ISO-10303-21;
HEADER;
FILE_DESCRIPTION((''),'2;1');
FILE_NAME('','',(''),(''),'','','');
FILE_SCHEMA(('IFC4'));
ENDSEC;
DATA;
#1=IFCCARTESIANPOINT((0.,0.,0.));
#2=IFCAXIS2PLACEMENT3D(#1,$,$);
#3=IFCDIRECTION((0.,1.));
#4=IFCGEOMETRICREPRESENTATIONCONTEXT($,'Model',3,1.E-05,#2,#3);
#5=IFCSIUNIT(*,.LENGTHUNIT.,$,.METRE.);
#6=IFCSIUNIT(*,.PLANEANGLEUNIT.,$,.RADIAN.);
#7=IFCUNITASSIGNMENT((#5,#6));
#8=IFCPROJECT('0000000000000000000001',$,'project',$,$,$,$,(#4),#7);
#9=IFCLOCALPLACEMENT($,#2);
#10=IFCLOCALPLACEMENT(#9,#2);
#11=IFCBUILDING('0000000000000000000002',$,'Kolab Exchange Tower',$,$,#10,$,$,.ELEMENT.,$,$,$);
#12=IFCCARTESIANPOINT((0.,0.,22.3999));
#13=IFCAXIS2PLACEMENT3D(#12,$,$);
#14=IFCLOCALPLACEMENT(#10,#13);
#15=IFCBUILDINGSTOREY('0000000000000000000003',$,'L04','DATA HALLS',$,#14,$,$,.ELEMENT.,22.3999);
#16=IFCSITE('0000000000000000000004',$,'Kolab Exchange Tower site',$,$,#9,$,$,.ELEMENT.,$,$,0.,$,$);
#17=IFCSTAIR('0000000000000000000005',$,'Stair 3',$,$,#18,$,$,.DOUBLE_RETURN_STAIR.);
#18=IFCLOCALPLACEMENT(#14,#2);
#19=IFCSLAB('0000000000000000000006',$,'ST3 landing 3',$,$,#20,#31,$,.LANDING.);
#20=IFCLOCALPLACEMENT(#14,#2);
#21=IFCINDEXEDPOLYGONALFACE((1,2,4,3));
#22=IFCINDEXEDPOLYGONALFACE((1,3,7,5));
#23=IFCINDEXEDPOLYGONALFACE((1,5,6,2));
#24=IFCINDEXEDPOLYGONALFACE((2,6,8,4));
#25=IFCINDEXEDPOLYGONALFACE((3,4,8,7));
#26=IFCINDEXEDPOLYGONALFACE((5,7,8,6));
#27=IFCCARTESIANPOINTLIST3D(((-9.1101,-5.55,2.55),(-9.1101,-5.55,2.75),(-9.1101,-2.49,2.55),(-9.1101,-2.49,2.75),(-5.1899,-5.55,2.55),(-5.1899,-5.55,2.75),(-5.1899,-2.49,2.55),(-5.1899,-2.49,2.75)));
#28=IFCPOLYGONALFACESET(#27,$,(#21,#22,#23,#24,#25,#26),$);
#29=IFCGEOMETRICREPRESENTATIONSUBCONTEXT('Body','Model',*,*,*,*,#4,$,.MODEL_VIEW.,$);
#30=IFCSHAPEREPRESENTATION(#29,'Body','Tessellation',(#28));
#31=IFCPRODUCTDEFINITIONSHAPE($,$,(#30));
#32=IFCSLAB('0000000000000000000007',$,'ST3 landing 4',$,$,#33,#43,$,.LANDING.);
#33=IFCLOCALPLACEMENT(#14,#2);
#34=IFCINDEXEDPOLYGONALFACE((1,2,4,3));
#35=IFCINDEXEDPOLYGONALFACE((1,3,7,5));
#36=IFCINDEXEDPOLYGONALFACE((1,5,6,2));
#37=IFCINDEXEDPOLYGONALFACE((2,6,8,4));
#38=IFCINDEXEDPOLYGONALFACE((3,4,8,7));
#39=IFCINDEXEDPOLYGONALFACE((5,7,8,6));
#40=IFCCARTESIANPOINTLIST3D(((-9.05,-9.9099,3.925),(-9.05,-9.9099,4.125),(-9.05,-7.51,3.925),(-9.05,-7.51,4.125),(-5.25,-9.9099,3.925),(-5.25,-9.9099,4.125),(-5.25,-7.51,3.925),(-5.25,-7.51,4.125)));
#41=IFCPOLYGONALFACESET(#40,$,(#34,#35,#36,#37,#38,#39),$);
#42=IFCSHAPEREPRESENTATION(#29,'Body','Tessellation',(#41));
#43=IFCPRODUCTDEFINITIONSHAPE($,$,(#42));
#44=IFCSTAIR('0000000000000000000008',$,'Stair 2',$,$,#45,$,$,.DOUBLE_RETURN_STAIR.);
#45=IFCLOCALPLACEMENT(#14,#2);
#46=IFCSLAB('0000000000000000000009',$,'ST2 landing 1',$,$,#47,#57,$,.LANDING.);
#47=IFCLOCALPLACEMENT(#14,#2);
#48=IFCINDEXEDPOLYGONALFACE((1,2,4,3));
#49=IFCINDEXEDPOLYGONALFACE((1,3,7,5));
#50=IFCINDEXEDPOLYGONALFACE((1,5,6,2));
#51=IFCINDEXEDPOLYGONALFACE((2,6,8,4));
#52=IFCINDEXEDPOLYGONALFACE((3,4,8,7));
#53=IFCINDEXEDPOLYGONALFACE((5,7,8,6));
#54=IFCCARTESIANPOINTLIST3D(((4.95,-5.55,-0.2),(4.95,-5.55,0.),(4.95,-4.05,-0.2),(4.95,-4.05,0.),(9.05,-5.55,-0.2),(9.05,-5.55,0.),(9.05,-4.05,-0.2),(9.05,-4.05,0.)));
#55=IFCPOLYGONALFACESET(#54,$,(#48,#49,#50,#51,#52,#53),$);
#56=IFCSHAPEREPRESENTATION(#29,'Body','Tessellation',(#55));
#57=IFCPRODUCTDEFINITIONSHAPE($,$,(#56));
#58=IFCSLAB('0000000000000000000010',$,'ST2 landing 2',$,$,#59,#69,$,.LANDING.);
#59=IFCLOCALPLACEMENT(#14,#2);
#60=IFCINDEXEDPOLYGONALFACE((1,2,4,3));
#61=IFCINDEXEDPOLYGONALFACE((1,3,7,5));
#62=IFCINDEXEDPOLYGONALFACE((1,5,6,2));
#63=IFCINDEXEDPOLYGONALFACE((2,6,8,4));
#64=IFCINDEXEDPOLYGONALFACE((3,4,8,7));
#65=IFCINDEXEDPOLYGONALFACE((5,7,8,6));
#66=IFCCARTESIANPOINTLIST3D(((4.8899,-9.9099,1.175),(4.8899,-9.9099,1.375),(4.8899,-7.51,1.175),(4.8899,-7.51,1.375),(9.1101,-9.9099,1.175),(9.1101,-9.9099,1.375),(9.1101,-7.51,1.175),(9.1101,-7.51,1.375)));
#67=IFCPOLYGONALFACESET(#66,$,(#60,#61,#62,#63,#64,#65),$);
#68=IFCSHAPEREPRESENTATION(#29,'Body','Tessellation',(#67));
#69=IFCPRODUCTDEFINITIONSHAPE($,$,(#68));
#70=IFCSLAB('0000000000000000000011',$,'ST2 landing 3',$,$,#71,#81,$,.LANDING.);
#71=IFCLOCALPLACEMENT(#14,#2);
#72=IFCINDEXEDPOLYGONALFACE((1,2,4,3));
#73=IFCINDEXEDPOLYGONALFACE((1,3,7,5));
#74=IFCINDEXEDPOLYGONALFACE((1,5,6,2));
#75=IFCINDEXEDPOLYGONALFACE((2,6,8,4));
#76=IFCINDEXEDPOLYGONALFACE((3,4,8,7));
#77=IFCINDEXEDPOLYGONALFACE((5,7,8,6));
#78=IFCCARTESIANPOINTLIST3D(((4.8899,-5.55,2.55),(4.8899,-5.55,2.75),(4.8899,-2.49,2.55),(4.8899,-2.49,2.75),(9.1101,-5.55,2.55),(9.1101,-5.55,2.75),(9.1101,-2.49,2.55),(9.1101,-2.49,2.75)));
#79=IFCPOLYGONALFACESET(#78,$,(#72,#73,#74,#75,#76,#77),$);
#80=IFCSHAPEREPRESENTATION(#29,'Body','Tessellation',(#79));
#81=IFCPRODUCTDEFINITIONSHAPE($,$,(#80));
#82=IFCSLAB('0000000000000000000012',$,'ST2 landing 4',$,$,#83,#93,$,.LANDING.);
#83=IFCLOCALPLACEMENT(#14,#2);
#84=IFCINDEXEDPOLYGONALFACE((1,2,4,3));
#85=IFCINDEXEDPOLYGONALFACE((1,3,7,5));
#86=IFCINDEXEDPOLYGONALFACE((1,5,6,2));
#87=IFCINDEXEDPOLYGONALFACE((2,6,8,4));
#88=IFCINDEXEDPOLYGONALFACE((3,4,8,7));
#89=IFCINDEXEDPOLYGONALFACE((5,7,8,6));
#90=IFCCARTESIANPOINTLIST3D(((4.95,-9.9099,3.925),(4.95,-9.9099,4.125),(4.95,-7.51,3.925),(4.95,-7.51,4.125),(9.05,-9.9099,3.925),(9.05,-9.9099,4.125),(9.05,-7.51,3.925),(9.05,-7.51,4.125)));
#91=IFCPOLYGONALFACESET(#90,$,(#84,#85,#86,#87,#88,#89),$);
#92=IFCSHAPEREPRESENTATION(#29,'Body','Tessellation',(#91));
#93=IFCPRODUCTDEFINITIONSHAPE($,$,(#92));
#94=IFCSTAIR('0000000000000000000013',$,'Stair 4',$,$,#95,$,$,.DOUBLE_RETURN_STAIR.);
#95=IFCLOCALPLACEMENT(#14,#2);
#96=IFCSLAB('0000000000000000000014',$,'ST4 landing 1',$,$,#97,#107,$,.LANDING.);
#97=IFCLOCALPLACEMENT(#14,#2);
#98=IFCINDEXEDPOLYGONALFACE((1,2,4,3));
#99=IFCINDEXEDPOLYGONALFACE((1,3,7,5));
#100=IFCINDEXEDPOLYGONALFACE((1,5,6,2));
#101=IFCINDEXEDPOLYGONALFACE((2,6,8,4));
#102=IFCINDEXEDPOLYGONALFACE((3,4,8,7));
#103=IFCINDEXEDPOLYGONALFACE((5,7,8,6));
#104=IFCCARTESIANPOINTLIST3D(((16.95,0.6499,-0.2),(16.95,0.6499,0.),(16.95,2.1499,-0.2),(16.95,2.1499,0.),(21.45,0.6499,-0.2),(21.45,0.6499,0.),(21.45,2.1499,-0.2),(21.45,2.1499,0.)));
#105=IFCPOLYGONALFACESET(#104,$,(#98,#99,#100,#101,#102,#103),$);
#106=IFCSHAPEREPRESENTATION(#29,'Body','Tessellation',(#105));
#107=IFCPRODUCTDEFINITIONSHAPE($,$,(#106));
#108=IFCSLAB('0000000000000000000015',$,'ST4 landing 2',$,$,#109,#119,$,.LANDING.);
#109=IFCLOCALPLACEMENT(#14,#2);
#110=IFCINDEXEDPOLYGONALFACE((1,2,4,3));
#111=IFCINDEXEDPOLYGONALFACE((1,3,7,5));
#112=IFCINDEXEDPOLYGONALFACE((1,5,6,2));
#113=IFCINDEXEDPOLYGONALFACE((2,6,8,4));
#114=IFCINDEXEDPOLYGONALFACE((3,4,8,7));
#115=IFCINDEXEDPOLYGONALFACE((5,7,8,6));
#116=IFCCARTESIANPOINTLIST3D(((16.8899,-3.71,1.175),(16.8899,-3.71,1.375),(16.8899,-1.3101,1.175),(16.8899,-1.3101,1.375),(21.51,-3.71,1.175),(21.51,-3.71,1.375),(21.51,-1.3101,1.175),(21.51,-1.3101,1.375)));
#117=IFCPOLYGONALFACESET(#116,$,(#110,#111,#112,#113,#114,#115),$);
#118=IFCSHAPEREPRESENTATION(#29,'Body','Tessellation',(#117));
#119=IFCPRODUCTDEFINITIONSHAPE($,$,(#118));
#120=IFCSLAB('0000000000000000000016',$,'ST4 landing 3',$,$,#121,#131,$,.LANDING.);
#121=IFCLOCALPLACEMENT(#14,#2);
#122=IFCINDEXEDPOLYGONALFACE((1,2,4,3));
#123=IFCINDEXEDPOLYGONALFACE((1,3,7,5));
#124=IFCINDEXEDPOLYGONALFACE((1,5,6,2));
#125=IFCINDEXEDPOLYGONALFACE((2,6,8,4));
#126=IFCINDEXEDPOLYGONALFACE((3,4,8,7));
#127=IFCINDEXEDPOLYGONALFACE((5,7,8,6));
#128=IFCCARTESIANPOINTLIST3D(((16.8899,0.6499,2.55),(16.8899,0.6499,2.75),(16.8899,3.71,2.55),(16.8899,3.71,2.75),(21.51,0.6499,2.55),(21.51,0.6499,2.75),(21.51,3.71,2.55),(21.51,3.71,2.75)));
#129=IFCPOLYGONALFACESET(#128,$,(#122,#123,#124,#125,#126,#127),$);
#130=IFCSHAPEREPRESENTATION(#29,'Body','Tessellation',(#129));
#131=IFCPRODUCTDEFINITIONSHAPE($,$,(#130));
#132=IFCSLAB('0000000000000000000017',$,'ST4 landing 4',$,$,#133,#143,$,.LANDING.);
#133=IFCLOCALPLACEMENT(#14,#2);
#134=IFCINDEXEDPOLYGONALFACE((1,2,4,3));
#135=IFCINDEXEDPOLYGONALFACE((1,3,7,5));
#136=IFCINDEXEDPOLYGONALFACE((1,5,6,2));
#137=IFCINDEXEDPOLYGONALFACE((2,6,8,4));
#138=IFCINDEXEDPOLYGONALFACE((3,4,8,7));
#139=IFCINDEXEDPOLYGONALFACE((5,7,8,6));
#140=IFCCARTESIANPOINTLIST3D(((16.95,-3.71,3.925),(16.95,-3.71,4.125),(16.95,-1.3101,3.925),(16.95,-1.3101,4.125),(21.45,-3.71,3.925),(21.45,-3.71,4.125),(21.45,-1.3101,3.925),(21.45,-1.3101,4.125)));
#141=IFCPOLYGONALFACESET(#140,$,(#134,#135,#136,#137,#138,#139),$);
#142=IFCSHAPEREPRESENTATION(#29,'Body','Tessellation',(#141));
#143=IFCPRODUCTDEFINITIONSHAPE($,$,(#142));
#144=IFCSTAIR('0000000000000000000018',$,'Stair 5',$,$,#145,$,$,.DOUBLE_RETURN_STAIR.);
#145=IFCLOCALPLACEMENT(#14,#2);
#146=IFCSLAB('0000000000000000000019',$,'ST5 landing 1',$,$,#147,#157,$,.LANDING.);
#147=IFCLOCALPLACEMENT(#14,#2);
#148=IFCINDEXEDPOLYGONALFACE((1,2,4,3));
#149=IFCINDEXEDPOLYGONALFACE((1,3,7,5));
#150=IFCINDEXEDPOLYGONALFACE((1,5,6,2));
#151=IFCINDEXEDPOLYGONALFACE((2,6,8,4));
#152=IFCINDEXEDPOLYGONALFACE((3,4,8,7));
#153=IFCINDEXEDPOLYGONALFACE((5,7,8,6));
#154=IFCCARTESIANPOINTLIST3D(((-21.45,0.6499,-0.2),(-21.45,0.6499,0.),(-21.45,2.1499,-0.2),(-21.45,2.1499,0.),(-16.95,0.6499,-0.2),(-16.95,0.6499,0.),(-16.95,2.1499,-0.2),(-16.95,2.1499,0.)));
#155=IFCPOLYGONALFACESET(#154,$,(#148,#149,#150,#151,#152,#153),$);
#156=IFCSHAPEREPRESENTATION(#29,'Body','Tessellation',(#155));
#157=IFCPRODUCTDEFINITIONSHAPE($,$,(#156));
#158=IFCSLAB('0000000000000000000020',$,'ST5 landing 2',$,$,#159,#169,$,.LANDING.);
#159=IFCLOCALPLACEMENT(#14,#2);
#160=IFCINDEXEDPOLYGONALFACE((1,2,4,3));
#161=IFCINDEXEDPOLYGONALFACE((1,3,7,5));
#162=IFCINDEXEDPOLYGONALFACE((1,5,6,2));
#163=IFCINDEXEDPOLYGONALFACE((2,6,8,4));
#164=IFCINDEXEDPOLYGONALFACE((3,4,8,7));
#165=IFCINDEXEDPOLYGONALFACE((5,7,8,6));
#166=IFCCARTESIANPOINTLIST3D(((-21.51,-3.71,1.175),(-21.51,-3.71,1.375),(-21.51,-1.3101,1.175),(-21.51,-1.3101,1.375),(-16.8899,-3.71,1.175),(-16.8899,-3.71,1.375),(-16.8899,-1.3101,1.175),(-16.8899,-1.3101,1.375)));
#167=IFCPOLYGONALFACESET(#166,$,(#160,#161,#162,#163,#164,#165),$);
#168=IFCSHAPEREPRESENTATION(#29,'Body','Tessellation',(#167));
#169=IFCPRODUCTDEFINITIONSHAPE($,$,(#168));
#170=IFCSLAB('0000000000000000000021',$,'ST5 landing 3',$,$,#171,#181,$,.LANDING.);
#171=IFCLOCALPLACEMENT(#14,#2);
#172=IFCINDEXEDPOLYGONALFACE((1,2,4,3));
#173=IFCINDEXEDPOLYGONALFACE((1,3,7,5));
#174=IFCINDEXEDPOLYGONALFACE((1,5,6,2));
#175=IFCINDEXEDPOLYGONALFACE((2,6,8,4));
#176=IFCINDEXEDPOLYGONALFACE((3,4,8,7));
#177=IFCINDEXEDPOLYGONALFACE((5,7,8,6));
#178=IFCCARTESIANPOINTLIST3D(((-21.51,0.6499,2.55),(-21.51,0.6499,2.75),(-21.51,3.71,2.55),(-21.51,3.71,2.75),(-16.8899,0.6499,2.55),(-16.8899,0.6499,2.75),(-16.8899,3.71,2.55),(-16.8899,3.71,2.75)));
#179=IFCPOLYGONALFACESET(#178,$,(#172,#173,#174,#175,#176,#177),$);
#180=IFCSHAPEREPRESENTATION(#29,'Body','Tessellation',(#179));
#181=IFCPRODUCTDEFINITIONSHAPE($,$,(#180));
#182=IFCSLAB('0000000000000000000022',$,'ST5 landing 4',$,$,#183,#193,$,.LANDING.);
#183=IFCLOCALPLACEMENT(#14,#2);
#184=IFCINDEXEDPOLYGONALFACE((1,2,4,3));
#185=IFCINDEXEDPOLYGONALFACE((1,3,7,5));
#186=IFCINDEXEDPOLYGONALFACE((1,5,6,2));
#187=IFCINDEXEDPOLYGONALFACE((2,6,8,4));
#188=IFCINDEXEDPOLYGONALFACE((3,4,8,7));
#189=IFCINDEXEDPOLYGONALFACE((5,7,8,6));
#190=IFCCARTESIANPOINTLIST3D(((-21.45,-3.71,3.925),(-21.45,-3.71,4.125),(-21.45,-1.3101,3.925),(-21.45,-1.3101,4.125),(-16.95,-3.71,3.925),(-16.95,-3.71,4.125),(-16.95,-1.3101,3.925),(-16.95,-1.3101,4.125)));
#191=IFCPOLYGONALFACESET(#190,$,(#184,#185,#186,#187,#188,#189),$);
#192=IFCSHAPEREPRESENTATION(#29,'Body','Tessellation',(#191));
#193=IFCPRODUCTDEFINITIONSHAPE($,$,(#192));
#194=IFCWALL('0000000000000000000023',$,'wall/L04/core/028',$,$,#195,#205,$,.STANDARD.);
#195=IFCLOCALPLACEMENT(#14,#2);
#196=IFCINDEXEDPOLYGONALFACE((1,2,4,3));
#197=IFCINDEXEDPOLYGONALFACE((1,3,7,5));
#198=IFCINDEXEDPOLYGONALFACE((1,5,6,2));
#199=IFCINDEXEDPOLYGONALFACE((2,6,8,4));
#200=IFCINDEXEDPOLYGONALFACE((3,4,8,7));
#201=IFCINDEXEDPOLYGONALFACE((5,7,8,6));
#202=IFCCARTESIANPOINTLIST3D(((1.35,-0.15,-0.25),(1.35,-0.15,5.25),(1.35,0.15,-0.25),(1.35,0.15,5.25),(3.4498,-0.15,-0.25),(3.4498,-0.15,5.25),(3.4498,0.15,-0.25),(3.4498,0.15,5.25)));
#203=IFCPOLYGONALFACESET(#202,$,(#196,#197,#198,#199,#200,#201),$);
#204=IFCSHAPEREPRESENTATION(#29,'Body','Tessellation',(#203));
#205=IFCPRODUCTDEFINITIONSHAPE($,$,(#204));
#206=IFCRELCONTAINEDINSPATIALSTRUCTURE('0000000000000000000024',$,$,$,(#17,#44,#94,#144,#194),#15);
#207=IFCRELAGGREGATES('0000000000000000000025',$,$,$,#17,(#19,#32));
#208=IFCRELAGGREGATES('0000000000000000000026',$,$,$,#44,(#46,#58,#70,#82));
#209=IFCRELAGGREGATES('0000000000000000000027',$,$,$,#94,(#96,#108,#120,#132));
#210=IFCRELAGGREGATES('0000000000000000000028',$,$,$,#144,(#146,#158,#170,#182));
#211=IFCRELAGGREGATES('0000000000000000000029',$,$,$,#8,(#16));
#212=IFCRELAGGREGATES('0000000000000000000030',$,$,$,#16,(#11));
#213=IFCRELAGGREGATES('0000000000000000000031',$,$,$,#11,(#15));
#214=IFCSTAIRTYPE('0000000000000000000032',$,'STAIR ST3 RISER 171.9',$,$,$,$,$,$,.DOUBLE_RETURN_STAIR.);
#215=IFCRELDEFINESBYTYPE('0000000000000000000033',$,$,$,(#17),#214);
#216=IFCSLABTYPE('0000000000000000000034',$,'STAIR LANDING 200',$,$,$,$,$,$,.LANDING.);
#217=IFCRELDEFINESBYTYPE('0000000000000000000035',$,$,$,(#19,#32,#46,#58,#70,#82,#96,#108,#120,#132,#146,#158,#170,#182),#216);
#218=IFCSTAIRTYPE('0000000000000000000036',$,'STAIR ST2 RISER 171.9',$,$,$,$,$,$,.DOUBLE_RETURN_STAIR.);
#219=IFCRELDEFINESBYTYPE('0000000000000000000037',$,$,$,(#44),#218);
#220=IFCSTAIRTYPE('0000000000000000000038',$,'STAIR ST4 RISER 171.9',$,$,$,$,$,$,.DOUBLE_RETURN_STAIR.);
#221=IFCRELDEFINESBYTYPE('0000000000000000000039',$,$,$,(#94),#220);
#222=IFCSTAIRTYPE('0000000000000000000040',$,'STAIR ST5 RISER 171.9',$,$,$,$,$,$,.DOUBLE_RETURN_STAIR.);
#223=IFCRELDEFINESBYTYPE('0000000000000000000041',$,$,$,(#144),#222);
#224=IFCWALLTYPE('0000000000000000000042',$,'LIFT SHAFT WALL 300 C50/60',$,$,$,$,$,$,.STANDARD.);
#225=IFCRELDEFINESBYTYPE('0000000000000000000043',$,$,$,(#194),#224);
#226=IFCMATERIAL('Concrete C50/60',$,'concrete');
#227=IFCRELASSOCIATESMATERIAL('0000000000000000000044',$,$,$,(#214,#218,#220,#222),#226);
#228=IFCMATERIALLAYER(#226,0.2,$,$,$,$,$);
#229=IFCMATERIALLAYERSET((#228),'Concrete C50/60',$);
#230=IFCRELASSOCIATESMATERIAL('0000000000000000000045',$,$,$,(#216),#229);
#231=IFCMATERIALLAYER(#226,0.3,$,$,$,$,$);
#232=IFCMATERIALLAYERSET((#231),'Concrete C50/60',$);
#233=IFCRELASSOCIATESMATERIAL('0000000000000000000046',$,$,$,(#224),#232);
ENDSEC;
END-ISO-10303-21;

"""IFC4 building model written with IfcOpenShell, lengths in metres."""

from ifc_helpers import new_model, si_unit, direction, frame, frame_2d, origin, place, context, subcontext, project, spatial, polyline, rectangle, outline, extrude, material, layer, layer_set, type_object, element, aggregate, save


model = new_model("IFC4")

# Units and contexts
model_context = context("Model", 3, precision=1e-05, world=origin(), true_north=direction((0.0, 1.0)))
body_context = subcontext(model_context, "Body", "Model", "MODEL_VIEW")
ifc_project = project(units=[si_unit("LENGTHUNIT", "METRE"), si_unit("PLANEANGLEUNIT", "RADIAN")], contexts=[model_context])

# Site, building, storey
site_placement = place(None, origin())
site = spatial("IfcSite", under=ifc_project, at=site_placement, Name="Kolab Exchange Tower site", CompositionType="ELEMENT", RefElevation=0.0)
building_placement = place(site_placement, origin())
building = spatial("IfcBuilding", under=site, at=building_placement, Name="Kolab Exchange Tower", CompositionType="ELEMENT")
storey_placement = place(building_placement, frame((0.0, 0.0, 22.3999)))
storey = spatial("IfcBuildingStorey", under=building, at=storey_placement, Name="L04", Description="DATA HALLS", CompositionType="ELEMENT", Elevation=22.3999)

# Stairs, slabs
ifc_material_1 = material(Name="Concrete C50/60", Category="concrete")
stair_type_1 = type_object("IfcStairType", Name="STAIR ST3 RISER 171.9", PredefinedType="DOUBLE_RETURN_STAIR", material=ifc_material_1)
stair_1_placement = place(storey_placement, origin())
stair_1 = element("IfcStair", 1, at=stair_1_placement, inside=storey, type_object=stair_type_1, Name="Stair 3", PredefinedType="DOUBLE_RETURN_STAIR")
ifc_layer_1 = layer(ifc_material_1, 0.2)
ifc_layer_set_1 = layer_set([ifc_layer_1], Name="Concrete C50/60")
slab_type = type_object("IfcSlabType", Name="STAIR LANDING 200", PredefinedType="LANDING", material=ifc_layer_set_1)
slab_1_placement = place(storey_placement, frame((0.0, 0.0, 2.55)))
slab_1 = element("IfcSlab", 2, at=slab_1_placement, type_object=slab_type, Name="ST3 landing 3", PredefinedType="LANDING", context=body_context, shape_type="SweptSolid", body=[
    extrude(outline(polyline([(-9.1101, -5.55), (-5.1899, -5.55), (-5.1899, -2.49), (-9.1101, -2.49), (-9.1101, -5.55)])), origin(), (0.0, 0.0, 1.0), 0.2),
])
slab_2_placement = place(storey_placement, frame((0.0, 0.0, 3.925)))
slab_2 = element("IfcSlab", 3, at=slab_2_placement, type_object=slab_type, Name="ST3 landing 4", PredefinedType="LANDING", context=body_context, shape_type="SweptSolid", body=[
    extrude(outline(polyline([(-9.05, -9.9099), (-5.25, -9.9099), (-5.25, -7.51), (-9.05, -7.51), (-9.05, -9.9099)])), origin(), (0.0, 0.0, 1.0), 0.2),
])
aggregate(stair_1, [slab_1, slab_2])
stair_type_2 = type_object("IfcStairType", Name="STAIR ST2 RISER 171.9", PredefinedType="DOUBLE_RETURN_STAIR", material=ifc_material_1)
stair_2_placement = place(storey_placement, origin())
stair_2 = element("IfcStair", 4, at=stair_2_placement, inside=storey, type_object=stair_type_2, Name="Stair 2", PredefinedType="DOUBLE_RETURN_STAIR")
slab_3_placement = place(storey_placement, frame((0.0, 0.0, -0.2)))
slab_3 = element("IfcSlab", 5, at=slab_3_placement, type_object=slab_type, Name="ST2 landing 1", PredefinedType="LANDING", context=body_context, shape_type="SweptSolid", body=[
    extrude(outline(polyline([(4.95, -5.55), (9.05, -5.55), (9.05, -4.05), (4.95, -4.05), (4.95, -5.55)])), origin(), (0.0, 0.0, 1.0), 0.2),
])
slab_4_placement = place(storey_placement, frame((0.0, 0.0, 1.175)))
slab_4 = element("IfcSlab", 6, at=slab_4_placement, type_object=slab_type, Name="ST2 landing 2", PredefinedType="LANDING", context=body_context, shape_type="SweptSolid", body=[
    extrude(outline(polyline([(4.8899, -9.9099), (9.1101, -9.9099), (9.1101, -7.51), (4.8899, -7.51), (4.8899, -9.9099)])), origin(), (0.0, 0.0, 1.0), 0.2),
])
slab_5_placement = place(storey_placement, frame((0.0, 0.0, 2.55)))
slab_5 = element("IfcSlab", 7, at=slab_5_placement, type_object=slab_type, Name="ST2 landing 3", PredefinedType="LANDING", context=body_context, shape_type="SweptSolid", body=[
    extrude(outline(polyline([(4.8899, -5.55), (9.1101, -5.55), (9.1101, -2.49), (4.8899, -2.49), (4.8899, -5.55)])), origin(), (0.0, 0.0, 1.0), 0.2),
])
slab_6_placement = place(storey_placement, frame((0.0, 0.0, 3.925)))
slab_6 = element("IfcSlab", 8, at=slab_6_placement, type_object=slab_type, Name="ST2 landing 4", PredefinedType="LANDING", context=body_context, shape_type="SweptSolid", body=[
    extrude(outline(polyline([(4.95, -9.9099), (9.05, -9.9099), (9.05, -7.51), (4.95, -7.51), (4.95, -9.9099)])), origin(), (0.0, 0.0, 1.0), 0.2),
])
aggregate(stair_2, [slab_3, slab_4, slab_5, slab_6])
stair_type_3 = type_object("IfcStairType", Name="STAIR ST4 RISER 171.9", PredefinedType="DOUBLE_RETURN_STAIR", material=ifc_material_1)
stair_3_placement = place(storey_placement, origin())
stair_3 = element("IfcStair", 9, at=stair_3_placement, inside=storey, type_object=stair_type_3, Name="Stair 4", PredefinedType="DOUBLE_RETURN_STAIR")
slab_7_placement = place(storey_placement, frame((0.0, 0.0, -0.2)))
slab_7 = element("IfcSlab", 10, at=slab_7_placement, type_object=slab_type, Name="ST4 landing 1", PredefinedType="LANDING", context=body_context, shape_type="SweptSolid", body=[
    extrude(outline(polyline([(16.95, 0.6499), (21.45, 0.6499), (21.45, 2.1499), (16.95, 2.1499), (16.95, 0.6499)])), origin(), (0.0, 0.0, 1.0), 0.2),
])
slab_8_placement = place(storey_placement, frame((0.0, 0.0, 1.175)))
slab_8 = element("IfcSlab", 11, at=slab_8_placement, type_object=slab_type, Name="ST4 landing 2", PredefinedType="LANDING", context=body_context, shape_type="SweptSolid", body=[
    extrude(outline(polyline([(16.8899, -3.71), (21.51, -3.71), (21.51, -1.3101), (16.8899, -1.3101), (16.8899, -3.71)])), origin(), (0.0, 0.0, 1.0), 0.2),
])
slab_9_placement = place(storey_placement, frame((0.0, 0.0, 2.55)))
slab_9 = element("IfcSlab", 12, at=slab_9_placement, type_object=slab_type, Name="ST4 landing 3", PredefinedType="LANDING", context=body_context, shape_type="SweptSolid", body=[
    extrude(outline(polyline([(16.8899, 0.6499), (21.51, 0.6499), (21.51, 3.71), (16.8899, 3.71), (16.8899, 0.6499)])), origin(), (0.0, 0.0, 1.0), 0.2),
])
slab_10_placement = place(storey_placement, frame((0.0, 0.0, 3.925)))
slab_10 = element("IfcSlab", 13, at=slab_10_placement, type_object=slab_type, Name="ST4 landing 4", PredefinedType="LANDING", context=body_context, shape_type="SweptSolid", body=[
    extrude(outline(polyline([(16.95, -3.71), (21.45, -3.71), (21.45, -1.3101), (16.95, -1.3101), (16.95, -3.71)])), origin(), (0.0, 0.0, 1.0), 0.2),
])
aggregate(stair_3, [slab_7, slab_8, slab_9, slab_10])
stair_type_4 = type_object("IfcStairType", Name="STAIR ST5 RISER 171.9", PredefinedType="DOUBLE_RETURN_STAIR", material=ifc_material_1)
stair_4_placement = place(storey_placement, origin())
stair_4 = element("IfcStair", 14, at=stair_4_placement, inside=storey, type_object=stair_type_4, Name="Stair 5", PredefinedType="DOUBLE_RETURN_STAIR")
slab_11_placement = place(storey_placement, frame((0.0, 0.0, -0.2)))
slab_11 = element("IfcSlab", 15, at=slab_11_placement, type_object=slab_type, Name="ST5 landing 1", PredefinedType="LANDING", context=body_context, shape_type="SweptSolid", body=[
    extrude(outline(polyline([(-21.45, 0.6499), (-16.95, 0.6499), (-16.95, 2.1499), (-21.45, 2.1499), (-21.45, 0.6499)])), origin(), (0.0, 0.0, 1.0), 0.2),
])
slab_12_placement = place(storey_placement, frame((0.0, 0.0, 1.175)))
slab_12 = element("IfcSlab", 16, at=slab_12_placement, type_object=slab_type, Name="ST5 landing 2", PredefinedType="LANDING", context=body_context, shape_type="SweptSolid", body=[
    extrude(outline(polyline([(-21.51, -3.71), (-16.8899, -3.71), (-16.8899, -1.3101), (-21.51, -1.3101), (-21.51, -3.71)])), origin(), (0.0, 0.0, 1.0), 0.2),
])
slab_13_placement = place(storey_placement, frame((0.0, 0.0, 2.55)))
slab_13 = element("IfcSlab", 17, at=slab_13_placement, type_object=slab_type, Name="ST5 landing 3", PredefinedType="LANDING", context=body_context, shape_type="SweptSolid", body=[
    extrude(outline(polyline([(-21.51, 0.6499), (-16.8899, 0.6499), (-16.8899, 3.71), (-21.51, 3.71), (-21.51, 0.6499)])), origin(), (0.0, 0.0, 1.0), 0.2),
])
slab_14_placement = place(storey_placement, frame((0.0, 0.0, 3.925)))
slab_14 = element("IfcSlab", 18, at=slab_14_placement, type_object=slab_type, Name="ST5 landing 4", PredefinedType="LANDING", context=body_context, shape_type="SweptSolid", body=[
    extrude(outline(polyline([(-21.45, -3.71), (-16.95, -3.71), (-16.95, -1.3101), (-21.45, -1.3101), (-21.45, -3.71)])), origin(), (0.0, 0.0, 1.0), 0.2),
])
aggregate(stair_4, [slab_11, slab_12, slab_13, slab_14])

# Wall
ifc_layer_2 = layer(ifc_material_1, 0.3)
ifc_layer_set_2 = layer_set([ifc_layer_2], Name="Concrete C50/60")
wall_type_1 = type_object("IfcWallType", Name="LIFT SHAFT WALL 300 C50/60", PredefinedType="STANDARD", material=ifc_layer_set_2)
wall_1_placement = place(storey_placement, frame((1.3501, 0.0, -0.25), z_axis=(0.0, 0.0, 1.0), x_axis=(1.0, 0.0, 0.0)))
element("IfcWall", 19, at=wall_1_placement, inside=storey, type_object=wall_type_1, Name="wall/L04/core/028", PredefinedType="STANDARD", context=body_context, shape_type="SweptSolid", body=[
    extrude(rectangle(XDim=2.0999, YDim=0.3, at=frame_2d((1.0498, 0.0))), origin(), (0.0, 0.0, 1.0), 5.5),
])

save(model, "model.ifc")
